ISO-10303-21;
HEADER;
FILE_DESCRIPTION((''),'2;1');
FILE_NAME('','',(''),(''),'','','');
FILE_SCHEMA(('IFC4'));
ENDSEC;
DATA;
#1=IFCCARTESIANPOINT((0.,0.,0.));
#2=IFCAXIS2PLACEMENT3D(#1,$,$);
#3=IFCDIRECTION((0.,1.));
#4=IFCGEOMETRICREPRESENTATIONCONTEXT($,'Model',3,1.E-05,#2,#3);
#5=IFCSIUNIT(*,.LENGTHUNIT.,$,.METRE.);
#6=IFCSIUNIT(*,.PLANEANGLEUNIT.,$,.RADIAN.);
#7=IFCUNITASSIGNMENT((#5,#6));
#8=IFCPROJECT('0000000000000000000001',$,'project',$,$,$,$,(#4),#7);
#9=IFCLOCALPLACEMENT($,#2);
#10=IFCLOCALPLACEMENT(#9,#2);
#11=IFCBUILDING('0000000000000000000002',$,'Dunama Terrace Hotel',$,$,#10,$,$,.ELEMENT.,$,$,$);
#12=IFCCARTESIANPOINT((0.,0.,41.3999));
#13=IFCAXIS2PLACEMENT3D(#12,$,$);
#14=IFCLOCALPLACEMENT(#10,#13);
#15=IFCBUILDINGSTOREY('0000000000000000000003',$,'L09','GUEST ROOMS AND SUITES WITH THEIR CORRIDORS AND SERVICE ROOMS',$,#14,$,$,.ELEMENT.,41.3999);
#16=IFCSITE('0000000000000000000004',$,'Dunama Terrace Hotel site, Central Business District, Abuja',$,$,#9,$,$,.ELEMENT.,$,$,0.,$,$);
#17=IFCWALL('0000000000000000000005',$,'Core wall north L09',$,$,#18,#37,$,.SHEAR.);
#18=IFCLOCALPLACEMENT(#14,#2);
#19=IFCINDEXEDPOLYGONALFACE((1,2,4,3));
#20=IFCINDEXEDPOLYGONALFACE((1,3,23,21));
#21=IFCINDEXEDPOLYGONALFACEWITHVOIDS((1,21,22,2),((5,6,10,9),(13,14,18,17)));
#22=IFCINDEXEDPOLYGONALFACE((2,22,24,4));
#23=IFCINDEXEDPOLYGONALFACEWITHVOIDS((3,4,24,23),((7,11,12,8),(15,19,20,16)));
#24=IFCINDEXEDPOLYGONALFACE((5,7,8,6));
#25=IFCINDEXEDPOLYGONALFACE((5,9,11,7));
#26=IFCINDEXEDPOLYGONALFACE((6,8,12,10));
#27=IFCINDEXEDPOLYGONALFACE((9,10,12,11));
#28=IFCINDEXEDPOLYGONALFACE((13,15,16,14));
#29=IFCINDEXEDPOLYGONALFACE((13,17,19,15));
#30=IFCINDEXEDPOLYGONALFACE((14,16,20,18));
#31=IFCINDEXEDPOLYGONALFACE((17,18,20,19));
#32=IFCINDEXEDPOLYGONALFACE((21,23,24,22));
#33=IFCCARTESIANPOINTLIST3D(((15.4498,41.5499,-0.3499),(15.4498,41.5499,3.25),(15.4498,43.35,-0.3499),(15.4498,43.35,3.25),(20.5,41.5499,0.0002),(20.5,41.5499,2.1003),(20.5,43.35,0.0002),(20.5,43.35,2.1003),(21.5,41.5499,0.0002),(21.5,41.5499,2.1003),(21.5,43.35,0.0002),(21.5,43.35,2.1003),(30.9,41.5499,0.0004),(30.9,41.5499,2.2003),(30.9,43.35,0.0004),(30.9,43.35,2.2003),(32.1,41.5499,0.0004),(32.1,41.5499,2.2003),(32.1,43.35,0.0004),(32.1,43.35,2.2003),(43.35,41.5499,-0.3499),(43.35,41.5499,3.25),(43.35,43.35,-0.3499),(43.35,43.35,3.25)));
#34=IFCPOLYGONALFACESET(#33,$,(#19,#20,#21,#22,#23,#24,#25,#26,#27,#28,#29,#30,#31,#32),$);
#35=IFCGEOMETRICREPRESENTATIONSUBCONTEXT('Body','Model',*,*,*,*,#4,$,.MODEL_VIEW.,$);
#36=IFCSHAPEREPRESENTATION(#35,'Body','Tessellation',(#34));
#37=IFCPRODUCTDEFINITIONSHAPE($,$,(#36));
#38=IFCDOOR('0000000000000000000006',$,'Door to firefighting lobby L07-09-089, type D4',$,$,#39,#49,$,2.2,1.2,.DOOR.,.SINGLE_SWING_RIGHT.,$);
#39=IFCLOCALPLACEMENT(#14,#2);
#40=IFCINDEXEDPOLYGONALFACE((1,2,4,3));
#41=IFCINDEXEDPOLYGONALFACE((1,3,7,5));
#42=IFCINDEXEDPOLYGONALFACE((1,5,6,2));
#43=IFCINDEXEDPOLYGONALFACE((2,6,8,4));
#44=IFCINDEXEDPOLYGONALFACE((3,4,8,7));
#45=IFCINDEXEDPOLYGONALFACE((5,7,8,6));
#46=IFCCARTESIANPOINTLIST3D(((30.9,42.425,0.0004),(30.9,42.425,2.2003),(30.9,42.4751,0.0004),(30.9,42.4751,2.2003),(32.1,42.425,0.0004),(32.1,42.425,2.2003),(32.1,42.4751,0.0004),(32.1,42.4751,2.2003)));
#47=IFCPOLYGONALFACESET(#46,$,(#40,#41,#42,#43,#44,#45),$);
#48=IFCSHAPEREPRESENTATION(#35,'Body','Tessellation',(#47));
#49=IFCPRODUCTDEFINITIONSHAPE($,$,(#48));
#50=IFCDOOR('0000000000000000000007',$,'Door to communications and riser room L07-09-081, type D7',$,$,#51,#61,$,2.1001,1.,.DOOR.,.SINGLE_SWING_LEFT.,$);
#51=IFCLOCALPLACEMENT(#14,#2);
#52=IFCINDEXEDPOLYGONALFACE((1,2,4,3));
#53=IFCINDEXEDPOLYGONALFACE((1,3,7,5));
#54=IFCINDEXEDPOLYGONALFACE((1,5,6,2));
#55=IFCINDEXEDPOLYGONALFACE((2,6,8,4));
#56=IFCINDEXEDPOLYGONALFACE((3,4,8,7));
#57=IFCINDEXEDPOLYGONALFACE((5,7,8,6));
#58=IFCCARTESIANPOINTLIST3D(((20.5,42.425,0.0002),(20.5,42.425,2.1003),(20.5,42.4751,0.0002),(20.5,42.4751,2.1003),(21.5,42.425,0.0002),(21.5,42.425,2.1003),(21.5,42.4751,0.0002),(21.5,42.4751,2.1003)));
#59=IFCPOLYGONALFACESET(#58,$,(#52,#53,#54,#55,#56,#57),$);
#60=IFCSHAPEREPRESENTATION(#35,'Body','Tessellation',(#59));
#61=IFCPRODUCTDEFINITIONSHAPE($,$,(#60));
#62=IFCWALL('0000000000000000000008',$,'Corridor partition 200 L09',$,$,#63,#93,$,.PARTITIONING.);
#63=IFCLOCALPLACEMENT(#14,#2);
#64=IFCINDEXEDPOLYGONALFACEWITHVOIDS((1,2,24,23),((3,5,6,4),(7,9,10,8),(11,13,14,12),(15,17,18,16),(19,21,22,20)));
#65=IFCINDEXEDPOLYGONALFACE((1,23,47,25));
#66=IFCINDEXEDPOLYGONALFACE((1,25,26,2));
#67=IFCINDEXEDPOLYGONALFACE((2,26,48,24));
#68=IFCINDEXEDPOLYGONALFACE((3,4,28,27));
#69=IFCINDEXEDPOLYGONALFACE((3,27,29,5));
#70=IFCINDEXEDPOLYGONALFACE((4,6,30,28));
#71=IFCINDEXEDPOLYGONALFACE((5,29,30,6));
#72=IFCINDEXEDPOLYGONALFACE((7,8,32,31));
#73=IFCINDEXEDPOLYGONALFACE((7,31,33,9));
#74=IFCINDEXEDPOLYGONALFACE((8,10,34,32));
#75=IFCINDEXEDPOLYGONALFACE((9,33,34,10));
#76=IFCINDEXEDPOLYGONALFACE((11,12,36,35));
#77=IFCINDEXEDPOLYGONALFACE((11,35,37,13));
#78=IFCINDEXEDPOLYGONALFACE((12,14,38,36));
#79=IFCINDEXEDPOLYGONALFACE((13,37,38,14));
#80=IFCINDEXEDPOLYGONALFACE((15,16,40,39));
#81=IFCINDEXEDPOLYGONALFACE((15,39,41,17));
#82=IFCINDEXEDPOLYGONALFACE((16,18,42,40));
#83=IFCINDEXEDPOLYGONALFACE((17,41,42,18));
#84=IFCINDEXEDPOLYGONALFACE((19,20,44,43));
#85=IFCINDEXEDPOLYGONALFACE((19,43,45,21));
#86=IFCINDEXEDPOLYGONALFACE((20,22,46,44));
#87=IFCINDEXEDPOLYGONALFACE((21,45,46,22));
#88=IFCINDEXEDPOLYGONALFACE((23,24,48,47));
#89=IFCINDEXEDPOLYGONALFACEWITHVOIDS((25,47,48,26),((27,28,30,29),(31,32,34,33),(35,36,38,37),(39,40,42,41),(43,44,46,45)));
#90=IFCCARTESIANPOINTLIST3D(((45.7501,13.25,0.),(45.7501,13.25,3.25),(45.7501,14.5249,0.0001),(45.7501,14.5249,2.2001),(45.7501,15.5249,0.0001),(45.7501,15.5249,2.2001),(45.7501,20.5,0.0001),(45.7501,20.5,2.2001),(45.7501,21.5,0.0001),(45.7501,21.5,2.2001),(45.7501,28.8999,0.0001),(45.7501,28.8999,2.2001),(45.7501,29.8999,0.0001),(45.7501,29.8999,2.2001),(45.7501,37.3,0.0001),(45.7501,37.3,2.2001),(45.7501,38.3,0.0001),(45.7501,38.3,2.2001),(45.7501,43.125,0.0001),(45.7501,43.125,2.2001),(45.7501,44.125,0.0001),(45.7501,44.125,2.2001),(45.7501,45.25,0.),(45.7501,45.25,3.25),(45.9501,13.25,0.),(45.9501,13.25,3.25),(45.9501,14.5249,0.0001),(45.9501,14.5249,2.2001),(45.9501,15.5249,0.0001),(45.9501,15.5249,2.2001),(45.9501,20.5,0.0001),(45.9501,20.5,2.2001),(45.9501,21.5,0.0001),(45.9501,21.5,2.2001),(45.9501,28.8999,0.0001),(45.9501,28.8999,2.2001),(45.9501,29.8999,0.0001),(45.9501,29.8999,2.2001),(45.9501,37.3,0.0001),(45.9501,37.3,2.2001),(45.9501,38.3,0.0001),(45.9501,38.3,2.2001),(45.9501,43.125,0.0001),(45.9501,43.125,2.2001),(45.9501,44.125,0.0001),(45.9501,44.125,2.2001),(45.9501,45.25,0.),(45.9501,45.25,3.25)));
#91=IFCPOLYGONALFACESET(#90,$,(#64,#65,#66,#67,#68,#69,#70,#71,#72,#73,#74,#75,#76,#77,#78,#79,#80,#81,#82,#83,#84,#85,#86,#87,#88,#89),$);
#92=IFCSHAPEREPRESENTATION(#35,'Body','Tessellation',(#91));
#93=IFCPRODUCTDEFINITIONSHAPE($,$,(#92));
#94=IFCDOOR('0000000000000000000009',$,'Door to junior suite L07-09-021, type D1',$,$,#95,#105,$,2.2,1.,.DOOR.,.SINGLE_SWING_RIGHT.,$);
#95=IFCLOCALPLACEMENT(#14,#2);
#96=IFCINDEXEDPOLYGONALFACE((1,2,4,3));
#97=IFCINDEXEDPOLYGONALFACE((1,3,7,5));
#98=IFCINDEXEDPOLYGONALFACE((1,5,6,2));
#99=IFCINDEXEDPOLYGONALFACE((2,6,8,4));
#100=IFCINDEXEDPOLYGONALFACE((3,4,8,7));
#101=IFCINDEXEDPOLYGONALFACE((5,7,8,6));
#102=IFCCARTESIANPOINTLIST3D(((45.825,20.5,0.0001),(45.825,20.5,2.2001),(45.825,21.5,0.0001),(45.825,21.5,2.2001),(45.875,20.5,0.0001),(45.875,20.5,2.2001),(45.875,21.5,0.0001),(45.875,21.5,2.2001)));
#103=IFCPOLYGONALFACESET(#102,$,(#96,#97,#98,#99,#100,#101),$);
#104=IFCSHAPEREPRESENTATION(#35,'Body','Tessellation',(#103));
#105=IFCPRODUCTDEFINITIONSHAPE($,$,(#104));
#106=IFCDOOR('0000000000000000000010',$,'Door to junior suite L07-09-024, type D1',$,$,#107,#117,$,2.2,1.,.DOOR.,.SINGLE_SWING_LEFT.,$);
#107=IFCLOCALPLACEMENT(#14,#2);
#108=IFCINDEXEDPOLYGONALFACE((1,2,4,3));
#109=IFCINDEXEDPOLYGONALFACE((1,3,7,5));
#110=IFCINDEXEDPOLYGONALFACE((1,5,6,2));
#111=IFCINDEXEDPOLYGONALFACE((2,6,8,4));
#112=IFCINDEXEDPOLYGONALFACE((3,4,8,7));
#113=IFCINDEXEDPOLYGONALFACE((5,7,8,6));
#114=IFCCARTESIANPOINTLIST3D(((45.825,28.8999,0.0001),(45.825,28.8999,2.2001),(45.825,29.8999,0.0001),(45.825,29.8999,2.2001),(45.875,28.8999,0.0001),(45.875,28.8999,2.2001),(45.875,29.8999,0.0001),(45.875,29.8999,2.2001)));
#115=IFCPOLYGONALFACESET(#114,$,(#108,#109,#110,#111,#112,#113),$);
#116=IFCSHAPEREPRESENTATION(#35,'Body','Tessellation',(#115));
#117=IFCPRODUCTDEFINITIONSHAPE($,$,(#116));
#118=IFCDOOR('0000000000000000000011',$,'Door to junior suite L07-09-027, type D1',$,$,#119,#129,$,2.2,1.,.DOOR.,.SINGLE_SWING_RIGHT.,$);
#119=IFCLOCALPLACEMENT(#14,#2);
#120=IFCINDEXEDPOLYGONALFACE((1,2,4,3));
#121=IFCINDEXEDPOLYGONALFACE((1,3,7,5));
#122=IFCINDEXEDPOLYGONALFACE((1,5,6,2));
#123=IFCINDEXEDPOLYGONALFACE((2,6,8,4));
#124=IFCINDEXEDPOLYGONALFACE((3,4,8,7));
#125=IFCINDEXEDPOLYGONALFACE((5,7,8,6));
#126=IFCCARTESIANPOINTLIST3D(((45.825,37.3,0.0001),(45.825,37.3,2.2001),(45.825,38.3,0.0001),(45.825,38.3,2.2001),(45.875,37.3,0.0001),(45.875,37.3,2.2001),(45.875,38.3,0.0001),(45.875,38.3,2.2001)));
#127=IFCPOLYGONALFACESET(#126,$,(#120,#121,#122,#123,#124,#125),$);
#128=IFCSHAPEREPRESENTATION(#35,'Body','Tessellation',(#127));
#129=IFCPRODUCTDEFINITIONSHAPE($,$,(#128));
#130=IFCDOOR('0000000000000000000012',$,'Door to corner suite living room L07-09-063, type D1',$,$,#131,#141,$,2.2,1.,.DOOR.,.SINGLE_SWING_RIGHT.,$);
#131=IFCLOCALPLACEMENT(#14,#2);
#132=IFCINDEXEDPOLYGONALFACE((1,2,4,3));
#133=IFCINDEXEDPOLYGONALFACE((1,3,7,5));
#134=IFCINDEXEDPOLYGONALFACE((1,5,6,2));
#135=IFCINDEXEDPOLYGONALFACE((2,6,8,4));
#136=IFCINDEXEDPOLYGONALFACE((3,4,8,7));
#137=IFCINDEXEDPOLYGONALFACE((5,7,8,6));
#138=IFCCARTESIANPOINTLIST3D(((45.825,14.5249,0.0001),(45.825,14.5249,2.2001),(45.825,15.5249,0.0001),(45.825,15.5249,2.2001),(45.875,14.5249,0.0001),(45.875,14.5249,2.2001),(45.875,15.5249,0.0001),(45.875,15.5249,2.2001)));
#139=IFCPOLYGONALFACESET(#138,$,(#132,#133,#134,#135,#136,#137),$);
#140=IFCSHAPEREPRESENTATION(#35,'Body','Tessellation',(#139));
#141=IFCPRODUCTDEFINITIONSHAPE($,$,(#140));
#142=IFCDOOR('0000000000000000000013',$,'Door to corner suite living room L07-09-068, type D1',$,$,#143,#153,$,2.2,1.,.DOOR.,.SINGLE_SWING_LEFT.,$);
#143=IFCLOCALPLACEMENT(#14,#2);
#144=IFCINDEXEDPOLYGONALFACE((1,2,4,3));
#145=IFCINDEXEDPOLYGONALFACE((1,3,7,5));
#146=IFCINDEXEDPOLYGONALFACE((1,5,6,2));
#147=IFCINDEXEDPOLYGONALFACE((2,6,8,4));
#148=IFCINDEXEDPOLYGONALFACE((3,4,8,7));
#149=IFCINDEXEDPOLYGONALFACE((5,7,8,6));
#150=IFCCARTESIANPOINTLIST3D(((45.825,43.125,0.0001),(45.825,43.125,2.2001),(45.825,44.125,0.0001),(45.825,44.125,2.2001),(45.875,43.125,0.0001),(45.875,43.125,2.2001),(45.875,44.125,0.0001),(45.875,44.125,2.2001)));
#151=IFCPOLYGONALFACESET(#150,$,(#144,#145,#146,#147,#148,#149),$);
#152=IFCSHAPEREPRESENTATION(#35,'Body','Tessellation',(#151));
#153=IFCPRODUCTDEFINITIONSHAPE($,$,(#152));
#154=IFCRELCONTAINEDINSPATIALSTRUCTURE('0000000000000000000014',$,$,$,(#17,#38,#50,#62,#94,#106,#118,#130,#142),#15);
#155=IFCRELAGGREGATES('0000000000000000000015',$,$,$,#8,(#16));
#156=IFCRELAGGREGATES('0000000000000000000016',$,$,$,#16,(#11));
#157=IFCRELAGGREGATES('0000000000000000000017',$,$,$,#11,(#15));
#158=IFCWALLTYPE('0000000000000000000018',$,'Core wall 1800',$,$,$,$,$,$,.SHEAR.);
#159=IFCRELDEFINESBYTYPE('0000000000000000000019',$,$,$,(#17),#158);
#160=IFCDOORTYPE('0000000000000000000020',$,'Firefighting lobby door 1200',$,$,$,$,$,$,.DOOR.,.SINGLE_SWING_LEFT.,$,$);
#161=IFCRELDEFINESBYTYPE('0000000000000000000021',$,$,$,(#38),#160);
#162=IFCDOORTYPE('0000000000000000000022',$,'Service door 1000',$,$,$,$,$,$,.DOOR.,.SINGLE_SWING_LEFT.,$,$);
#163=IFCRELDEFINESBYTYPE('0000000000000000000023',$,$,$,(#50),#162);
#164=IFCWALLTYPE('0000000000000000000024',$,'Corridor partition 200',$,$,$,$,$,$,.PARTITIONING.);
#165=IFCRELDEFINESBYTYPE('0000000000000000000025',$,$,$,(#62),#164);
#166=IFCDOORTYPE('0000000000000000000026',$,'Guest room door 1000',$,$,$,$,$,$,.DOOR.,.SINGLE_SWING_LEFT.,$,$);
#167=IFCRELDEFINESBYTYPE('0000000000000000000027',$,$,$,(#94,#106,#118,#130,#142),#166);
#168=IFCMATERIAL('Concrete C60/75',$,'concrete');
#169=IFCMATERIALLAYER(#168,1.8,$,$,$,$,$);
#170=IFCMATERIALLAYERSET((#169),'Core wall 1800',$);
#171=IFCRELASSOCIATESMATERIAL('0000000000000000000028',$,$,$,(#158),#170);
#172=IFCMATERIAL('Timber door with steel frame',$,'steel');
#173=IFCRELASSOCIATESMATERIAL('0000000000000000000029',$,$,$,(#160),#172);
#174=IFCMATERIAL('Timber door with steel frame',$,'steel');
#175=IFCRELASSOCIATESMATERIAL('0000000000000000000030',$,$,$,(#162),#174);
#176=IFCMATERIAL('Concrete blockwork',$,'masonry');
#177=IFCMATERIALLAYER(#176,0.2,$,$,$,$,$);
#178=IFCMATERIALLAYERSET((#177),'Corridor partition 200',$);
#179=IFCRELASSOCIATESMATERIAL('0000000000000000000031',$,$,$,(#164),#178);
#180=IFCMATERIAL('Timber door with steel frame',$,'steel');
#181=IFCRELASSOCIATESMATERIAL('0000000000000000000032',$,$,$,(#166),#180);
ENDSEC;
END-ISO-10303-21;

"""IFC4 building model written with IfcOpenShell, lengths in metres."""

from ifc_helpers import new_model, si_unit, direction, frame, frame_2d, origin, place, context, subcontext, project, spatial, rectangle, extrude, material, layer, layer_set, type_object, element, fill, save


model = new_model("IFC4")

# Units and contexts
model_context = context("Model", 3, precision=1e-05, world=origin(), true_north=direction((0.0, 1.0)))
body_context = subcontext(model_context, "Body", "Model", "MODEL_VIEW")
ifc_project = project(units=[si_unit("LENGTHUNIT", "METRE"), si_unit("PLANEANGLEUNIT", "RADIAN")], contexts=[model_context])

# Site, building, storey
site_placement = place(None, origin())
site = spatial("IfcSite", under=ifc_project, at=site_placement, Name="Dunama Terrace Hotel site, Central Business District, Abuja", CompositionType="ELEMENT", RefElevation=0.0)
building_placement = place(site_placement, origin())
building = spatial("IfcBuilding", under=site, at=building_placement, Name="Dunama Terrace Hotel", CompositionType="ELEMENT")
storey_placement = place(building_placement, frame((0.0, 0.0, 41.3999)))
storey = spatial("IfcBuildingStorey", under=building, at=storey_placement, Name="L09", Description="GUEST ROOMS AND SUITES WITH THEIR CORRIDORS AND SERVICE ROOMS", CompositionType="ELEMENT", Elevation=41.3999)

# Walls, openings, doors
ifc_material_1 = material(Name="Concrete C60/75", Category="concrete")
ifc_layer_1 = layer(ifc_material_1, 1.8)
ifc_layer_set_1 = layer_set([ifc_layer_1], Name="Core wall 1800")
wall_type_1 = type_object("IfcWallType", Name="Core wall 1800", PredefinedType="SHEAR", material=ifc_layer_set_1)
wall_1_placement = place(storey_placement, frame((43.3501, 42.45, -0.3499), z_axis=(0.0, 0.0, 1.0), x_axis=(-1.0, 0.0, 0.0)))
wall_1 = element("IfcWall", 1, at=wall_1_placement, inside=storey, type_object=wall_type_1, Name="Core wall north L09", PredefinedType="SHEAR", context=body_context, shape_type="SweptSolid", body=[
    extrude(rectangle(XDim=27.9001, YDim=1.8, at=frame_2d((13.9502, 0.0))), origin(), (0.0, 0.0, 1.0), 3.5999),
])
opening_1_placement = place(wall_1_placement, frame((21.8501, 0.0, 0.3501)))
opening_1 = element("IfcOpeningElement", 2, at=opening_1_placement, cuts=wall_1, PredefinedType="OPENING", context=body_context, shape_type="SweptSolid", body=[
    extrude(rectangle(XDim=1.0, YDim=2.1001, at=frame_2d((0.5, 1.05))), frame((0.0, 0.9099, 0.0), z_axis=(0.0, -1.0, 0.0), x_axis=(1.0, 0.0, 0.0)), (0.0, 0.0, 1.0), 1.8201),
])
opening_2_placement = place(wall_1_placement, frame((11.25, 0.0, 0.3501)))
opening_2 = element("IfcOpeningElement", 3, at=opening_2_placement, cuts=wall_1, PredefinedType="OPENING", context=body_context, shape_type="SweptSolid", body=[
    extrude(rectangle(XDim=1.2, YDim=2.2, at=frame_2d((0.6001, 1.1001))), frame((0.0, 0.9099, 0.0), z_axis=(0.0, -1.0, 0.0), x_axis=(1.0, 0.0, 0.0)), (0.0, 0.0, 1.0), 1.8201),
])
ifc_material_2 = material(Name="Timber door with steel frame", Category="steel")
door_type_1 = type_object("IfcDoorType", Name="Firefighting lobby door 1200", OperationType="SINGLE_SWING_LEFT", PredefinedType="DOOR", material=ifc_material_2)
door_1_placement = place(opening_2_placement, origin())
door_1 = element("IfcDoor", 4, at=door_1_placement, inside=storey, type_object=door_type_1, Name="Door to firefighting lobby L07-09-089, type D4", OperationType="SINGLE_SWING_RIGHT", OverallHeight=2.2, OverallWidth=1.2, PredefinedType="DOOR", context=body_context, shape_type="SweptSolid", body=[
    extrude(rectangle(XDim=1.2, YDim=2.2, at=frame_2d((0.6001, 1.1001))), frame((0.0, 0.0249, 0.0), z_axis=(0.0, -1.0, 0.0), x_axis=(1.0, 0.0, 0.0)), (0.0, 0.0, 1.0), 0.05),
])
fill(opening_2, door_1)
ifc_material_3 = material(Name="Timber door with steel frame", Category="steel")
door_type_2 = type_object("IfcDoorType", Name="Service door 1000", OperationType="SINGLE_SWING_LEFT", PredefinedType="DOOR", material=ifc_material_3)
door_2_placement = place(opening_1_placement, origin())
door_2 = element("IfcDoor", 5, at=door_2_placement, inside=storey, type_object=door_type_2, Name="Door to communications and riser room L07-09-081, type D7", OperationType="SINGLE_SWING_LEFT", OverallHeight=2.1001, OverallWidth=1.0, PredefinedType="DOOR", context=body_context, shape_type="SweptSolid", body=[
    extrude(rectangle(XDim=1.0, YDim=2.1001, at=frame_2d((0.5, 1.05))), frame((0.0, 0.0249, 0.0), z_axis=(0.0, -1.0, 0.0), x_axis=(1.0, 0.0, 0.0)), (0.0, 0.0, 1.0), 0.05),
])
fill(opening_1, door_2)
ifc_material_4 = material(Name="Concrete blockwork", Category="masonry")
ifc_layer_2 = layer(ifc_material_4, 0.2)
ifc_layer_set_2 = layer_set([ifc_layer_2], Name="Corridor partition 200")
wall_type_2 = type_object("IfcWallType", Name="Corridor partition 200", PredefinedType="PARTITIONING", material=ifc_layer_set_2)
wall_2_placement = place(storey_placement, frame((45.8501, 45.25, 0.0), z_axis=(0.0, 0.0, 1.0), x_axis=(0.0, -1.0, 0.0)))
wall_2 = element("IfcWall", 6, at=wall_2_placement, inside=storey, type_object=wall_type_2, Name="Corridor partition 200 L09", PredefinedType="PARTITIONING", context=body_context, shape_type="SweptSolid", body=[
    extrude(rectangle(XDim=32.0, YDim=0.2, at=frame_2d((16.0, 0.0))), origin(), (0.0, 0.0, 1.0), 3.25),
])
opening_3_placement = place(wall_2_placement, frame((23.75, 0.0, 0.0)))
opening_3 = element("IfcOpeningElement", 7, at=opening_3_placement, cuts=wall_2, PredefinedType="OPENING", context=body_context, shape_type="SweptSolid", body=[
    extrude(rectangle(XDim=1.0, YDim=2.2, at=frame_2d((0.5, 1.1001))), frame((0.0, 0.1099, 0.0), z_axis=(0.0, -1.0, 0.0), x_axis=(1.0, 0.0, 0.0)), (0.0, 0.0, 1.0), 0.22),
])
opening_4_placement = place(wall_2_placement, frame((15.3501, 0.0, 0.0)))
opening_4 = element("IfcOpeningElement", 8, at=opening_4_placement, cuts=wall_2, PredefinedType="OPENING", context=body_context, shape_type="SweptSolid", body=[
    extrude(rectangle(XDim=1.0, YDim=2.2, at=frame_2d((0.5, 1.1001))), frame((0.0, 0.1099, 0.0), z_axis=(0.0, -1.0, 0.0), x_axis=(1.0, 0.0, 0.0)), (0.0, 0.0, 1.0), 0.22),
])
opening_5_placement = place(wall_2_placement, frame((6.95, 0.0, 0.0)))
opening_5 = element("IfcOpeningElement", 9, at=opening_5_placement, cuts=wall_2, PredefinedType="OPENING", context=body_context, shape_type="SweptSolid", body=[
    extrude(rectangle(XDim=1.0, YDim=2.2, at=frame_2d((0.5, 1.1001))), frame((0.0, 0.1099, 0.0), z_axis=(0.0, -1.0, 0.0), x_axis=(1.0, 0.0, 0.0)), (0.0, 0.0, 1.0), 0.22),
])
opening_6_placement = place(wall_2_placement, frame((29.7251, 0.0, 0.0)))
opening_6 = element("IfcOpeningElement", 10, at=opening_6_placement, cuts=wall_2, PredefinedType="OPENING", context=body_context, shape_type="SweptSolid", body=[
    extrude(rectangle(XDim=1.0, YDim=2.2, at=frame_2d((0.5, 1.1001))), frame((0.0, 0.1099, 0.0), z_axis=(0.0, -1.0, 0.0), x_axis=(1.0, 0.0, 0.0)), (0.0, 0.0, 1.0), 0.22),
])
opening_7_placement = place(wall_2_placement, frame((1.125, 0.0, 0.0)))
opening_7 = element("IfcOpeningElement", 11, at=opening_7_placement, cuts=wall_2, PredefinedType="OPENING", context=body_context, shape_type="SweptSolid", body=[
    extrude(rectangle(XDim=1.0, YDim=2.2, at=frame_2d((0.5, 1.1001))), frame((0.0, 0.1099, 0.0), z_axis=(0.0, -1.0, 0.0), x_axis=(1.0, 0.0, 0.0)), (0.0, 0.0, 1.0), 0.22),
])
ifc_material_5 = material(Name="Timber door with steel frame", Category="steel")
door_type_3 = type_object("IfcDoorType", Name="Guest room door 1000", OperationType="SINGLE_SWING_LEFT", PredefinedType="DOOR", material=ifc_material_5)
door_3_placement = place(opening_3_placement, origin())
door_3 = element("IfcDoor", 12, at=door_3_placement, inside=storey, type_object=door_type_3, Name="Door to junior suite L07-09-021, type D1", OperationType="SINGLE_SWING_RIGHT", OverallHeight=2.2, OverallWidth=1.0, PredefinedType="DOOR", context=body_context, shape_type="SweptSolid", body=[
    extrude(rectangle(XDim=1.0, YDim=2.2, at=frame_2d((0.5, 1.1001))), frame((0.0, 0.0249, 0.0), z_axis=(0.0, -1.0, 0.0), x_axis=(1.0, 0.0, 0.0)), (0.0, 0.0, 1.0), 0.05),
])
fill(opening_3, door_3)
door_4_placement = place(opening_4_placement, origin())
door_4 = element("IfcDoor", 13, at=door_4_placement, inside=storey, type_object=door_type_3, Name="Door to junior suite L07-09-024, type D1", OperationType="SINGLE_SWING_LEFT", OverallHeight=2.2, OverallWidth=1.0, PredefinedType="DOOR", context=body_context, shape_type="SweptSolid", body=[
    extrude(rectangle(XDim=1.0, YDim=2.2, at=frame_2d((0.5, 1.1001))), frame((0.0, 0.0249, 0.0), z_axis=(0.0, -1.0, 0.0), x_axis=(1.0, 0.0, 0.0)), (0.0, 0.0, 1.0), 0.05),
])
fill(opening_4, door_4)
door_5_placement = place(opening_5_placement, origin())
door_5 = element("IfcDoor", 14, at=door_5_placement, inside=storey, type_object=door_type_3, Name="Door to junior suite L07-09-027, type D1", OperationType="SINGLE_SWING_RIGHT", OverallHeight=2.2, OverallWidth=1.0, PredefinedType="DOOR", context=body_context, shape_type="SweptSolid", body=[
    extrude(rectangle(XDim=1.0, YDim=2.2, at=frame_2d((0.5, 1.1001))), frame((0.0, 0.0249, 0.0), z_axis=(0.0, -1.0, 0.0), x_axis=(1.0, 0.0, 0.0)), (0.0, 0.0, 1.0), 0.05),
])
fill(opening_5, door_5)
door_6_placement = place(opening_6_placement, origin())
door_6 = element("IfcDoor", 15, at=door_6_placement, inside=storey, type_object=door_type_3, Name="Door to corner suite living room L07-09-063, type D1", OperationType="SINGLE_SWING_RIGHT", OverallHeight=2.2, OverallWidth=1.0, PredefinedType="DOOR", context=body_context, shape_type="SweptSolid", body=[
    extrude(rectangle(XDim=1.0, YDim=2.2, at=frame_2d((0.5, 1.1001))), frame((0.0, 0.0249, 0.0), z_axis=(0.0, -1.0, 0.0), x_axis=(1.0, 0.0, 0.0)), (0.0, 0.0, 1.0), 0.05),
])
fill(opening_6, door_6)
door_7_placement = place(opening_7_placement, origin())
door_7 = element("IfcDoor", 16, at=door_7_placement, inside=storey, type_object=door_type_3, Name="Door to corner suite living room L07-09-068, type D1", OperationType="SINGLE_SWING_LEFT", OverallHeight=2.2, OverallWidth=1.0, PredefinedType="DOOR", context=body_context, shape_type="SweptSolid", body=[
    extrude(rectangle(XDim=1.0, YDim=2.2, at=frame_2d((0.5, 1.1001))), frame((0.0, 0.0249, 0.0), z_axis=(0.0, -1.0, 0.0), x_axis=(1.0, 0.0, 0.0)), (0.0, 0.0, 1.0), 0.05),
])
fill(opening_7, door_7)

save(model, "model.ifc")
